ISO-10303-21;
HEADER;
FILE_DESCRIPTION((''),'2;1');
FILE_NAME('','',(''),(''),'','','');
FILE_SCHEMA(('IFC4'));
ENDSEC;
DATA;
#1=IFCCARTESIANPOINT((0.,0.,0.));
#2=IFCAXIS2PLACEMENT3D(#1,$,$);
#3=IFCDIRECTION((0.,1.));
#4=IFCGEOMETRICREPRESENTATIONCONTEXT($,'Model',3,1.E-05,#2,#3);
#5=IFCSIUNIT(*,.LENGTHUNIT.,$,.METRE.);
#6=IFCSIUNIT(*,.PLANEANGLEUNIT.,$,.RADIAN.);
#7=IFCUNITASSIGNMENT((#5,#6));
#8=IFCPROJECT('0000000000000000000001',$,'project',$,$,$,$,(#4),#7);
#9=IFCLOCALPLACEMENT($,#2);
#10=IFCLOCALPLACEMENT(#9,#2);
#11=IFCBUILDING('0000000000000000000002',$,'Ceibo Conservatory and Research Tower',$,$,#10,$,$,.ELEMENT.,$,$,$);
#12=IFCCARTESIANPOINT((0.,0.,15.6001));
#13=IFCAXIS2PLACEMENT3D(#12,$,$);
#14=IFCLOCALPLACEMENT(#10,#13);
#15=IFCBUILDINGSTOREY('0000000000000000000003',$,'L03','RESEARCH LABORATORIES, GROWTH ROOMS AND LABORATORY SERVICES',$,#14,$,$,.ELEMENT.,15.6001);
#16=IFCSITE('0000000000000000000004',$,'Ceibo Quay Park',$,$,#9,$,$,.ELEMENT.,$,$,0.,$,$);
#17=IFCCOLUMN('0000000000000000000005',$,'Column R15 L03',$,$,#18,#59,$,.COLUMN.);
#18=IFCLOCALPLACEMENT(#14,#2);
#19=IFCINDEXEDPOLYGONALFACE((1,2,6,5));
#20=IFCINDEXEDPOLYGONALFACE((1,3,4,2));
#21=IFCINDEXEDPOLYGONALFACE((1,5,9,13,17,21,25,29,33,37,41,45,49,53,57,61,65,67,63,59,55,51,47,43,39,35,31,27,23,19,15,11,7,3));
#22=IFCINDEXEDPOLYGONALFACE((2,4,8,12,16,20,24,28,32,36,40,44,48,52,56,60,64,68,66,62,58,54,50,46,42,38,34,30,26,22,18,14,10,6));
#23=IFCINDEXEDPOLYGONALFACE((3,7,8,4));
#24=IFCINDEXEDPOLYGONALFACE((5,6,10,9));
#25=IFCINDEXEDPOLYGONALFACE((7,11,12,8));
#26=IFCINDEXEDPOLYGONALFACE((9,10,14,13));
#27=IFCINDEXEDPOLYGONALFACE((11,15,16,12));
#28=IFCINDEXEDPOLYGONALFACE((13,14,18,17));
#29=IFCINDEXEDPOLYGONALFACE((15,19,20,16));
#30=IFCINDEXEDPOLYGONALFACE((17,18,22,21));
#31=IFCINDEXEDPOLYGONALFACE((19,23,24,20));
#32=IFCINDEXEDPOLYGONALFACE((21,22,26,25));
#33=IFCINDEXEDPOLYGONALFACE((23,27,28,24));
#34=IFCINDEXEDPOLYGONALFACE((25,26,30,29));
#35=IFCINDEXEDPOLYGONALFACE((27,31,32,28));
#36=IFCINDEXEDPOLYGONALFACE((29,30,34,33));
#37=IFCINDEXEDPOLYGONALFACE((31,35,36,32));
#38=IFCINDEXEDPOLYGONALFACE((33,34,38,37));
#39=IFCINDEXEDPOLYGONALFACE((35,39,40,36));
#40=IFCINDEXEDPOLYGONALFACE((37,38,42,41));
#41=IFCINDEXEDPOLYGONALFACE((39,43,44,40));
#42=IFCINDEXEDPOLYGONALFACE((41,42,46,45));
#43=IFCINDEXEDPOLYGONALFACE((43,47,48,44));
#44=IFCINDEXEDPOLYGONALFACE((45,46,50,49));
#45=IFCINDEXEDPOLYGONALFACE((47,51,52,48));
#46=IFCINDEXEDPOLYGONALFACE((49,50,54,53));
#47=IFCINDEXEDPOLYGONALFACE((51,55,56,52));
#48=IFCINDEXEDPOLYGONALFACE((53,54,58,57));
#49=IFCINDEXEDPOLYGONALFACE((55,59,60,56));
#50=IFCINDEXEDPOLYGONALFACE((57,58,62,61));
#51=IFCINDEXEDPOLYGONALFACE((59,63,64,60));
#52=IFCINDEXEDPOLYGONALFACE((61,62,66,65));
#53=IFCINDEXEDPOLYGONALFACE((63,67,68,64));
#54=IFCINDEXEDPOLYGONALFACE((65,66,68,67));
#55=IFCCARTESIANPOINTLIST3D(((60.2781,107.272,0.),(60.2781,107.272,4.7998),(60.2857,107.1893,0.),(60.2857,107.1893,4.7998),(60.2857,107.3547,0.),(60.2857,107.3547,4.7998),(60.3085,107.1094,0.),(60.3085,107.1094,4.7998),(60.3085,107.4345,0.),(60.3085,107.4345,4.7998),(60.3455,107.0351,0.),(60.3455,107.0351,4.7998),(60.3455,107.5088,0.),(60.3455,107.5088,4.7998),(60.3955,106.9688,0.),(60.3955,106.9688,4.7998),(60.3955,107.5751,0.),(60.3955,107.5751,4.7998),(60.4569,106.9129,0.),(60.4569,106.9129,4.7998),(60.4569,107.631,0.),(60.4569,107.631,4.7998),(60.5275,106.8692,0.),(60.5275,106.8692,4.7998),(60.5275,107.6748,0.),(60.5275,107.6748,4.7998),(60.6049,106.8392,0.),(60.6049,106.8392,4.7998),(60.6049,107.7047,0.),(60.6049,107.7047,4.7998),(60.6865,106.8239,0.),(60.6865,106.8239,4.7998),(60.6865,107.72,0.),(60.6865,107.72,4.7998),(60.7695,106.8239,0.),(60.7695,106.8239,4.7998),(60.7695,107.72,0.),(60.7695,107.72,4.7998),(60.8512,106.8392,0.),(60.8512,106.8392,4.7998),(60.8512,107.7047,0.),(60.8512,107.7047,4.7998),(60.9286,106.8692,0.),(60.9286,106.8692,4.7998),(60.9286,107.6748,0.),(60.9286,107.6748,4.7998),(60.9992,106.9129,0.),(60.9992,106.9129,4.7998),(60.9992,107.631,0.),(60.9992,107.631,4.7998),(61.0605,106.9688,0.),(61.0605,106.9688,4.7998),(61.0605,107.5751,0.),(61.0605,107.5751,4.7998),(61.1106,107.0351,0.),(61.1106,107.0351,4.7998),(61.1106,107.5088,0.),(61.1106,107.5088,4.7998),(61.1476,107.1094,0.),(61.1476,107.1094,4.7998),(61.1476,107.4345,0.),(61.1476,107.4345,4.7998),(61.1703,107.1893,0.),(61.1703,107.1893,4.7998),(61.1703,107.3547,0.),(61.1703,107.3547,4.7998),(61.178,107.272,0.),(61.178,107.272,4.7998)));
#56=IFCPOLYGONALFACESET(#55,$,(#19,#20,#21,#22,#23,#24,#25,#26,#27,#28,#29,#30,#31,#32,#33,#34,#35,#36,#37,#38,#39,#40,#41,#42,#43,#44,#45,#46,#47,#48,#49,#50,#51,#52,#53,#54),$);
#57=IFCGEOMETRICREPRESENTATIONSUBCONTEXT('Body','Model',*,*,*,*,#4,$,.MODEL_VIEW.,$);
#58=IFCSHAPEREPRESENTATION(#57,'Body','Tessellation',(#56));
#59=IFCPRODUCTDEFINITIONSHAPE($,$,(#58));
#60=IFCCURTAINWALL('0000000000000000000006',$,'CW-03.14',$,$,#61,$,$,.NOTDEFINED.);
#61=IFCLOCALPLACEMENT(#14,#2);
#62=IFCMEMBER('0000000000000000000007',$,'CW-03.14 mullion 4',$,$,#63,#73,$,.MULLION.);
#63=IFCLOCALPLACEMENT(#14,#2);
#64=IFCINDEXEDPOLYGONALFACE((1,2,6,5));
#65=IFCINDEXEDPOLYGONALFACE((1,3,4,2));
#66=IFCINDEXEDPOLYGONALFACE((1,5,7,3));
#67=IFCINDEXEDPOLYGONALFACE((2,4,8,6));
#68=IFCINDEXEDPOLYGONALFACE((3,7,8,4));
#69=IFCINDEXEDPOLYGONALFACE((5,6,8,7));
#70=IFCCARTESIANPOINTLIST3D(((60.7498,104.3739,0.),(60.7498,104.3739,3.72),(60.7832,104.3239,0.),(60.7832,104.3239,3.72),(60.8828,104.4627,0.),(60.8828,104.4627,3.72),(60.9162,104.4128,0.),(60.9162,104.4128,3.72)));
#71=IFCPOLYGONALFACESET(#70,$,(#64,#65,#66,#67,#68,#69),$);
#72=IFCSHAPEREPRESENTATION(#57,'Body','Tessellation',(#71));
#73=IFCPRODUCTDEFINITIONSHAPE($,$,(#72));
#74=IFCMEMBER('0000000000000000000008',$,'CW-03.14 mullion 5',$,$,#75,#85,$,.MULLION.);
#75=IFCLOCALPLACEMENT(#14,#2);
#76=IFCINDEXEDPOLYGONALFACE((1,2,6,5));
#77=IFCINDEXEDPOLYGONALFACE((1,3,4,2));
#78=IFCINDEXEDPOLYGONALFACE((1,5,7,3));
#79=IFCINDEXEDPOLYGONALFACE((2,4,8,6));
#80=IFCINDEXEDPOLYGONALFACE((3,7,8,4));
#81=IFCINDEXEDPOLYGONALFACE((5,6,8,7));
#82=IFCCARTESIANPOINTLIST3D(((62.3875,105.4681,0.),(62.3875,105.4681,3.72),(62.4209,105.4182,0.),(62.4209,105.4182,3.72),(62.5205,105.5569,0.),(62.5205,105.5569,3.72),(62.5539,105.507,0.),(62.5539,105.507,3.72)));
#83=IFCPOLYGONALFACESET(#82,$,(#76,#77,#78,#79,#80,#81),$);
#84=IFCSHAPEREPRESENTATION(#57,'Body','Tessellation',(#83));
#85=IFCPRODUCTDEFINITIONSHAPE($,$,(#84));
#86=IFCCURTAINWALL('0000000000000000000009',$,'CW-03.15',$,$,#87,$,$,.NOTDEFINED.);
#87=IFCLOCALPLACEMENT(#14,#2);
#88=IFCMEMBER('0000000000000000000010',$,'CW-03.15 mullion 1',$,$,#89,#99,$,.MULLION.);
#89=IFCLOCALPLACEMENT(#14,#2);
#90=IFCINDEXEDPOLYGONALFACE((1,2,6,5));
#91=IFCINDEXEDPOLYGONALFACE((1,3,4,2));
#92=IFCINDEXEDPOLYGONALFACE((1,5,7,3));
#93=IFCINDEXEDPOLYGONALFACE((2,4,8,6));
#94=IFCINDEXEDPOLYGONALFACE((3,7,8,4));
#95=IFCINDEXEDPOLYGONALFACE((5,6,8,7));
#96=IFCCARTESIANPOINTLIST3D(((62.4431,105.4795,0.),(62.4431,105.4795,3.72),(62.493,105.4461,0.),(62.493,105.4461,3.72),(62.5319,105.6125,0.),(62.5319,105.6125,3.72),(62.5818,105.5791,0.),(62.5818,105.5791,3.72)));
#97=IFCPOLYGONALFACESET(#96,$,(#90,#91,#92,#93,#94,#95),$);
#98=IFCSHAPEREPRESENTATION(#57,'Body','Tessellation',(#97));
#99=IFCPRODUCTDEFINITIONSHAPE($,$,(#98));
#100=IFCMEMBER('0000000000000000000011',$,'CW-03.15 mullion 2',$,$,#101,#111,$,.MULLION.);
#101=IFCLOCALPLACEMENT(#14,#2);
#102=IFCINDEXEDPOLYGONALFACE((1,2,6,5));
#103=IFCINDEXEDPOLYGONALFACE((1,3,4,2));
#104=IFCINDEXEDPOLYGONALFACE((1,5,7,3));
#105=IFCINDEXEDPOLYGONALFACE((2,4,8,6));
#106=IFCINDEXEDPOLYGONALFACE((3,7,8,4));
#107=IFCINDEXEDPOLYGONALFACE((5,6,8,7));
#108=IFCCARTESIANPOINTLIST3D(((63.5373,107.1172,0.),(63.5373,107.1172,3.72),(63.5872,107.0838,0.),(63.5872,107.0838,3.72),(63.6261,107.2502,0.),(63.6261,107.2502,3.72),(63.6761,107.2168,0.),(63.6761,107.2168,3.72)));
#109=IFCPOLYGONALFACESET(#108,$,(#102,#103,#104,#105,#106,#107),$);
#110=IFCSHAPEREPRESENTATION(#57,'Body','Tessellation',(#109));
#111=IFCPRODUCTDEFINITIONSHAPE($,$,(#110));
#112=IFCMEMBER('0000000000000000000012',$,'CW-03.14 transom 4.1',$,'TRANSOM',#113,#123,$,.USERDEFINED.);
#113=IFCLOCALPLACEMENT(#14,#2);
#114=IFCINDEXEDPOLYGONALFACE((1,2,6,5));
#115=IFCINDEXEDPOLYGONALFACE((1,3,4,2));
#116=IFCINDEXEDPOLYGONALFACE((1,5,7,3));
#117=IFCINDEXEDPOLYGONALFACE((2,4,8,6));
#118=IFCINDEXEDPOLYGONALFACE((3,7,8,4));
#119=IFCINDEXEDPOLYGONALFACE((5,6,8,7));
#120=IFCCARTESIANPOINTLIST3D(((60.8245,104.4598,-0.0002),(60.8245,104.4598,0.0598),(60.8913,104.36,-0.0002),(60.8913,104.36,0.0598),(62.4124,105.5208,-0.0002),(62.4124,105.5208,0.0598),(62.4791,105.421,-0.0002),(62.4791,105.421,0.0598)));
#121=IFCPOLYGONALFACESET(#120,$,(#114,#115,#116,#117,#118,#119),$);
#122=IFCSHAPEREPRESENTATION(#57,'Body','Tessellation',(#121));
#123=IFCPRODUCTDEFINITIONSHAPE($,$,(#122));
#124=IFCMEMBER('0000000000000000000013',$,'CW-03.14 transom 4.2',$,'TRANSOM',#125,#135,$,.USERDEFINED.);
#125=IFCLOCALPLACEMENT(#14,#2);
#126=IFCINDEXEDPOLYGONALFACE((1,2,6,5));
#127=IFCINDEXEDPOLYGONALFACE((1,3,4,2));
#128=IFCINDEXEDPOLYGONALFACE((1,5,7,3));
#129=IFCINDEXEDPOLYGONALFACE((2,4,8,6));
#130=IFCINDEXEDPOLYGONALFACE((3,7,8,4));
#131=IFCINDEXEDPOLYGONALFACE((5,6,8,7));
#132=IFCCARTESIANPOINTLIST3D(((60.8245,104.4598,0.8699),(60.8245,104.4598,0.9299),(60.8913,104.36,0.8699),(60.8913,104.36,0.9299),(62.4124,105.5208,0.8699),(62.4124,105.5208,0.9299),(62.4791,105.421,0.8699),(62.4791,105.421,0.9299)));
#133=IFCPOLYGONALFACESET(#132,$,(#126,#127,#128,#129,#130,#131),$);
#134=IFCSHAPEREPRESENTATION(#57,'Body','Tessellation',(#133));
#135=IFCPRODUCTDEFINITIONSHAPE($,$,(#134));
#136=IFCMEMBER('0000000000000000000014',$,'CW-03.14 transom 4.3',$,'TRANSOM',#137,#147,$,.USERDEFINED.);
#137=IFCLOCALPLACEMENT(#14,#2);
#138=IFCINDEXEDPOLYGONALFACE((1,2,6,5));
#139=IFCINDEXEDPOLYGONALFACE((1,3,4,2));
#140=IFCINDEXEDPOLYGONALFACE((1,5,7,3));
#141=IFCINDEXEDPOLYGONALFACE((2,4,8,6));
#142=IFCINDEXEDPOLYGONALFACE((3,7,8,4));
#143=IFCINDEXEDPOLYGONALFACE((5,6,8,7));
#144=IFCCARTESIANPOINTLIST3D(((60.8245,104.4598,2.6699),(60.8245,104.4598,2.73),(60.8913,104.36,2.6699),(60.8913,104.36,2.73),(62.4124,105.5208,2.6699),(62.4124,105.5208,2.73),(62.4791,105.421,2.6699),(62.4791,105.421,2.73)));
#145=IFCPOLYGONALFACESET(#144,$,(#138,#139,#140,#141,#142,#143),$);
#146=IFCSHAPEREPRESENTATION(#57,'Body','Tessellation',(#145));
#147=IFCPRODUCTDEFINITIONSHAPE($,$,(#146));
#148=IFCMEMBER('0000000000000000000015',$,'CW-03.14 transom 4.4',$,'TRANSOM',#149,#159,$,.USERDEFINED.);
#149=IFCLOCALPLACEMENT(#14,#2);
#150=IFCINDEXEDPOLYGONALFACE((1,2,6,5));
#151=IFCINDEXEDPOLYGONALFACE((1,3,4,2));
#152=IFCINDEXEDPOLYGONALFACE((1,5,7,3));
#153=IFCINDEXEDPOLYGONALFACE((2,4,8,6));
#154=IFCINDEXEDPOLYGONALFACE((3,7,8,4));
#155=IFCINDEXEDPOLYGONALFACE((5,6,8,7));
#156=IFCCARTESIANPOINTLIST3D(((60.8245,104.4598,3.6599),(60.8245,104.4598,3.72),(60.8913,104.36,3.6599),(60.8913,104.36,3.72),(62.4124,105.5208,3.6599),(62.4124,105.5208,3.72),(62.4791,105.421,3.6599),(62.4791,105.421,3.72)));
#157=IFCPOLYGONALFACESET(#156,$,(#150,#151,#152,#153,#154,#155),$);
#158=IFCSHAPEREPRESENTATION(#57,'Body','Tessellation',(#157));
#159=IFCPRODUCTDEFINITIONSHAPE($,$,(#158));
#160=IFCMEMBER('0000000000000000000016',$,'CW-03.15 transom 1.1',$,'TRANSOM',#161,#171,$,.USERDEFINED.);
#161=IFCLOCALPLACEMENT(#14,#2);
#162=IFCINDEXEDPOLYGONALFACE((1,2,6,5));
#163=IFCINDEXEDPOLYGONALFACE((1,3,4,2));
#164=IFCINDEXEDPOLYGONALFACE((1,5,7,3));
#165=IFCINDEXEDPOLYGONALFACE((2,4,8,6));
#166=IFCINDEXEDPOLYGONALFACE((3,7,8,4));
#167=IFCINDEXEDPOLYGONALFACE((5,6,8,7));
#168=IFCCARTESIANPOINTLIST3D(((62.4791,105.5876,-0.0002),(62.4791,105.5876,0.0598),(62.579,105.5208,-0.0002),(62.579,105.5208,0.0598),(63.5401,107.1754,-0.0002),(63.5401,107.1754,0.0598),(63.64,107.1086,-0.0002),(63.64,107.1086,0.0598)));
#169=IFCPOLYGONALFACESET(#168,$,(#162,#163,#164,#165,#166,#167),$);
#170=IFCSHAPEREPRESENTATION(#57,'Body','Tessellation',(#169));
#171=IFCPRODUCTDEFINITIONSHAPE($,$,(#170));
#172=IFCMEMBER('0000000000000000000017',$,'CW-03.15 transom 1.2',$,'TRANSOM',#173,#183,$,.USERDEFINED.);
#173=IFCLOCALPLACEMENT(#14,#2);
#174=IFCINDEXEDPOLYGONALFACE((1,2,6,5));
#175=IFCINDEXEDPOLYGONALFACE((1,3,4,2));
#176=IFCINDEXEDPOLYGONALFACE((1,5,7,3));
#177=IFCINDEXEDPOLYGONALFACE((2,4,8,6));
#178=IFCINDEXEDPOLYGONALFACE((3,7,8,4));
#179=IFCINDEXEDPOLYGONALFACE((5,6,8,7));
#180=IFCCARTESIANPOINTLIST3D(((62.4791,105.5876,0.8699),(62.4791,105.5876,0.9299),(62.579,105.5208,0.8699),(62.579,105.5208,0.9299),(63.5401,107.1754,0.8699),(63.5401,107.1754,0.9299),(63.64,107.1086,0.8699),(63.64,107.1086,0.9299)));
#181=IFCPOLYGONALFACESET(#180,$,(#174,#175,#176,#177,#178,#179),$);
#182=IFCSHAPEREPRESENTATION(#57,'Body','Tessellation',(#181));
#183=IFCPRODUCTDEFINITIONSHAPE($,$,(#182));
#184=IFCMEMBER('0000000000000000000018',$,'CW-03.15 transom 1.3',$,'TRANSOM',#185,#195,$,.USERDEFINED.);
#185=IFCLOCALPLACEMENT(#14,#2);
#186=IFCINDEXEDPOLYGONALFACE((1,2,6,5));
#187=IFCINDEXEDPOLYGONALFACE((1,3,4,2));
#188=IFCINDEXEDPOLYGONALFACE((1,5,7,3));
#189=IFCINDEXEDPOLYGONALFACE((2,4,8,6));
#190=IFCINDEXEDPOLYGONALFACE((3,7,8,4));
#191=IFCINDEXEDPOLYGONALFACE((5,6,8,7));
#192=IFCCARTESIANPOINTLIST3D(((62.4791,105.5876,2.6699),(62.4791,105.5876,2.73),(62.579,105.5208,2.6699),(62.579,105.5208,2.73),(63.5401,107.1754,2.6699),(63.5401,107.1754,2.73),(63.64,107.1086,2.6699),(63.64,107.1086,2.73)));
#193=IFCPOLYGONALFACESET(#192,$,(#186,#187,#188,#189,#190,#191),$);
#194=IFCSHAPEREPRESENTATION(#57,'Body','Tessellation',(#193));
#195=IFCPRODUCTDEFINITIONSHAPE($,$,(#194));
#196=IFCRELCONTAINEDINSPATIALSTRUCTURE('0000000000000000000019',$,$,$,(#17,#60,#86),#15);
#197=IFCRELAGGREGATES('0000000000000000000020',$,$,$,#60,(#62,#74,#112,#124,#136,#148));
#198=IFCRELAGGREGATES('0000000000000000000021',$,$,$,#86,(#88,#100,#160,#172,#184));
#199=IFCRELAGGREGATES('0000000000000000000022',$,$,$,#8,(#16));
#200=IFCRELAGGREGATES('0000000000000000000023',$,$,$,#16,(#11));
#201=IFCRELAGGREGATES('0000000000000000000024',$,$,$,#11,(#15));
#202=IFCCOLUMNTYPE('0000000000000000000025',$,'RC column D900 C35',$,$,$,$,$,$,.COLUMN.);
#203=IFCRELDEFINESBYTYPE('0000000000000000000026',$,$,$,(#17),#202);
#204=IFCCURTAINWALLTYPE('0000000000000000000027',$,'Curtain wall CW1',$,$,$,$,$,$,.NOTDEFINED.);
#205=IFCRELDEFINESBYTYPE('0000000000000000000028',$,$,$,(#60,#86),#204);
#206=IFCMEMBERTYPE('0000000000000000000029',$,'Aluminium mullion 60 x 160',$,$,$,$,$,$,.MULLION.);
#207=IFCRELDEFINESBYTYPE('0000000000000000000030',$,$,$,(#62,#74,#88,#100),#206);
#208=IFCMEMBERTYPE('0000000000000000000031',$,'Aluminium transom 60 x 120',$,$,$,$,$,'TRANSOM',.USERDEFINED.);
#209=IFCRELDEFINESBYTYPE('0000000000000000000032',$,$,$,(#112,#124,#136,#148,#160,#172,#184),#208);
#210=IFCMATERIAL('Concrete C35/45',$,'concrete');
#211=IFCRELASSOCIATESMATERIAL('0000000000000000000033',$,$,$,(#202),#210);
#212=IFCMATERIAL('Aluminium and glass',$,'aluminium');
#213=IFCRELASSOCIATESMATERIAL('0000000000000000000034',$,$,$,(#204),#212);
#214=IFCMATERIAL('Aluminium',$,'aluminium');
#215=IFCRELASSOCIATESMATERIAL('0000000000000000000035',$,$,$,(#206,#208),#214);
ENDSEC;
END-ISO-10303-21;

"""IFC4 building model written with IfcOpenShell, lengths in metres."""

from ifc_helpers import new_model, si_unit, direction, frame, origin, origin_2d, place, context, subcontext, project, spatial, rectangle, circle, extrude, material, material_profile, profile_set, type_object, element, aggregate, save


model = new_model("IFC4")

# Units and contexts
model_context = context("Model", 3, precision=1e-05, world=origin(), true_north=direction((0.0, 1.0)))
body_context = subcontext(model_context, "Body", "Model", "MODEL_VIEW")
ifc_project = project(units=[si_unit("LENGTHUNIT", "METRE"), si_unit("PLANEANGLEUNIT", "RADIAN")], contexts=[model_context])

# Site, building, storey
site_placement = place(None, origin())
site = spatial("IfcSite", under=ifc_project, at=site_placement, Name="Ceibo Quay Park", CompositionType="ELEMENT", RefElevation=0.0)
building_placement = place(site_placement, origin())
building = spatial("IfcBuilding", under=site, at=building_placement, Name="Ceibo Conservatory and Research Tower", CompositionType="ELEMENT")
storey_placement = place(building_placement, frame((0.0, 0.0, 15.6001)))
storey = spatial("IfcBuildingStorey", under=building, at=storey_placement, Name="L03", Description="RESEARCH LABORATORIES, GROWTH ROOMS AND LABORATORY SERVICES", CompositionType="ELEMENT", Elevation=15.6001)

# Column
ifc_material_1 = material(Name="Concrete C35/45", Category="concrete")
ifc_material_profile_1 = material_profile(ifc_material_1, circle(Radius=0.45, at=origin_2d()), Name="RC D900")
ifc_profile_set_1 = profile_set([ifc_material_profile_1], Name="Concrete C35/45")
column_type = type_object("IfcColumnType", Name="RC column D900 C35", PredefinedType="COLUMN", material=ifc_profile_set_1)
column_placement = place(storey_placement, frame((60.728, 107.272, 0.0), z_axis=(0.0, 0.0, 1.0), x_axis=(1.0, 0.0, 0.0)))
element("IfcColumn", 1, at=column_placement, inside=storey, type_object=column_type, Name="Column R15 L03", PredefinedType="COLUMN", context=body_context, shape_type="SweptSolid", body=[
    extrude(circle(Radius=0.45, at=origin_2d()), origin(), (0.0, 0.0, 1.0), 4.7998),
])

# Curtain walls, members
ifc_material_2 = material(Name="Aluminium and glass", Category="aluminium")
curtain_wall_type = type_object("IfcCurtainWallType", Name="Curtain wall CW1", PredefinedType="NOTDEFINED", material=ifc_material_2)
curtain_wall_1_placement = place(storey_placement, origin())
curtain_wall_1 = element("IfcCurtainWall", 2, at=curtain_wall_1_placement, inside=storey, type_object=curtain_wall_type, Name="CW-03.14", PredefinedType="NOTDEFINED")
ifc_material_3 = material(Name="Aluminium", Category="aluminium")
ifc_material_profile_2 = material_profile(ifc_material_3, rectangle(XDim=0.0601, YDim=0.1599, at=origin_2d()), Name="Aluminium 60 x 160")
ifc_profile_set_2 = profile_set([ifc_material_profile_2], Name="Aluminium")
member_type_1 = type_object("IfcMemberType", Name="Aluminium mullion 60 x 160", PredefinedType="MULLION", material=ifc_profile_set_2)
member_1_placement = place(storey_placement, frame((60.833, 104.3933, 0.0), z_axis=(0.0, 0.0, 1.0), x_axis=(-0.55557, 0.83147, 0.0)))
member_1 = element("IfcMember", 3, at=member_1_placement, type_object=member_type_1, Name="CW-03.14 mullion 4", PredefinedType="MULLION", context=body_context, shape_type="SweptSolid", body=[
    extrude(rectangle(XDim=0.0601, YDim=0.1599, at=origin_2d()), origin(), (0.0, 0.0, 1.0), 3.72),
])
member_2_placement = place(storey_placement, frame((62.4707, 105.4875, 0.0), z_axis=(0.0, 0.0, 1.0), x_axis=(-0.55557, 0.83147, 0.0)))
member_2 = element("IfcMember", 4, at=member_2_placement, type_object=member_type_1, Name="CW-03.14 mullion 5", PredefinedType="MULLION", context=body_context, shape_type="SweptSolid", body=[
    extrude(rectangle(XDim=0.0601, YDim=0.1599, at=origin_2d()), origin(), (0.0, 0.0, 1.0), 3.72),
])
curtain_wall_2_placement = place(storey_placement, origin())
curtain_wall_2 = element("IfcCurtainWall", 5, at=curtain_wall_2_placement, inside=storey, type_object=curtain_wall_type, Name="CW-03.15", PredefinedType="NOTDEFINED")
member_3_placement = place(storey_placement, frame((62.5125, 105.5293, 0.0), z_axis=(0.0, 0.0, 1.0), x_axis=(-0.83147, 0.55557, 0.0)))
member_3 = element("IfcMember", 6, at=member_3_placement, type_object=member_type_1, Name="CW-03.15 mullion 1", PredefinedType="MULLION", context=body_context, shape_type="SweptSolid", body=[
    extrude(rectangle(XDim=0.0601, YDim=0.1599, at=origin_2d()), origin(), (0.0, 0.0, 1.0), 3.72),
])
member_4_placement = place(storey_placement, frame((63.6067, 107.167, 0.0), z_axis=(0.0, 0.0, 1.0), x_axis=(-0.83147, 0.55557, 0.0)))
member_4 = element("IfcMember", 7, at=member_4_placement, type_object=member_type_1, Name="CW-03.15 mullion 2", PredefinedType="MULLION", context=body_context, shape_type="SweptSolid", body=[
    extrude(rectangle(XDim=0.0601, YDim=0.1599, at=origin_2d()), origin(), (0.0, 0.0, 1.0), 3.72),
])

# Members
ifc_material_profile_3 = material_profile(ifc_material_3, rectangle(XDim=0.1201, YDim=0.0601, at=origin_2d()), Name="Aluminium 60 x 120")
ifc_profile_set_3 = profile_set([ifc_material_profile_3], Name="Aluminium")
member_type_2 = type_object("IfcMemberType", Name="Aluminium transom 60 x 120", ElementType="TRANSOM", PredefinedType="USERDEFINED", material=ifc_profile_set_3)
member_5_placement = place(storey_placement, frame((60.8579, 104.4099, 0.0298), z_axis=(0.83146, 0.555585, 0.0), x_axis=(-0.555585, 0.83146, 0.0)))
member_5 = element("IfcMember", 8, at=member_5_placement, type_object=member_type_2, Name="CW-03.14 transom 4.1", ObjectType="TRANSOM", PredefinedType="USERDEFINED", context=body_context, shape_type="SweptSolid", body=[
    extrude(rectangle(XDim=0.1201, YDim=0.0601, at=origin_2d()), origin(), (0.0, 0.0, 1.0), 1.9097),
])
member_6_placement = place(storey_placement, frame((60.8579, 104.4099, 0.8999), z_axis=(0.83146, 0.555585, 0.0), x_axis=(-0.555585, 0.83146, 0.0)))
member_6 = element("IfcMember", 9, at=member_6_placement, type_object=member_type_2, Name="CW-03.14 transom 4.2", ObjectType="TRANSOM", PredefinedType="USERDEFINED", context=body_context, shape_type="SweptSolid", body=[
    extrude(rectangle(XDim=0.1201, YDim=0.0601, at=origin_2d()), origin(), (0.0, 0.0, 1.0), 1.9097),
])
member_7_placement = place(storey_placement, frame((60.8579, 104.4099, 2.7), z_axis=(0.83146, 0.555585, 0.0), x_axis=(-0.555585, 0.83146, 0.0)))
member_7 = element("IfcMember", 10, at=member_7_placement, type_object=member_type_2, Name="CW-03.14 transom 4.3", ObjectType="TRANSOM", PredefinedType="USERDEFINED", context=body_context, shape_type="SweptSolid", body=[
    extrude(rectangle(XDim=0.1201, YDim=0.0601, at=origin_2d()), origin(), (0.0, 0.0, 1.0), 1.9097),
])
member_8_placement = place(storey_placement, frame((60.8579, 104.4099, 3.6899), z_axis=(0.83146, 0.555585, 0.0), x_axis=(-0.555585, 0.83146, 0.0)))
member_8 = element("IfcMember", 11, at=member_8_placement, type_object=member_type_2, Name="CW-03.14 transom 4.4", ObjectType="TRANSOM", PredefinedType="USERDEFINED", context=body_context, shape_type="SweptSolid", body=[
    extrude(rectangle(XDim=0.1201, YDim=0.0601, at=origin_2d()), origin(), (0.0, 0.0, 1.0), 1.9097),
])
member_9_placement = place(storey_placement, frame((62.5291, 105.5542, 0.0298), z_axis=(0.555585, 0.83146, 0.0), x_axis=(-0.83146, 0.555585, 0.0)))
member_9 = element("IfcMember", 12, at=member_9_placement, type_object=member_type_2, Name="CW-03.15 transom 1.1", ObjectType="TRANSOM", PredefinedType="USERDEFINED", context=body_context, shape_type="SweptSolid", body=[
    extrude(rectangle(XDim=0.1201, YDim=0.0601, at=origin_2d()), origin(), (0.0, 0.0, 1.0), 1.9097),
])
member_10_placement = place(storey_placement, frame((62.5291, 105.5542, 0.8999), z_axis=(0.555585, 0.83146, 0.0), x_axis=(-0.83146, 0.555585, 0.0)))
member_10 = element("IfcMember", 13, at=member_10_placement, type_object=member_type_2, Name="CW-03.15 transom 1.2", ObjectType="TRANSOM", PredefinedType="USERDEFINED", context=body_context, shape_type="SweptSolid", body=[
    extrude(rectangle(XDim=0.1201, YDim=0.0601, at=origin_2d()), origin(), (0.0, 0.0, 1.0), 1.9097),
])
member_11_placement = place(storey_placement, frame((62.5291, 105.5542, 2.7), z_axis=(0.555585, 0.83146, 0.0), x_axis=(-0.83146, 0.555585, 0.0)))
member_11 = element("IfcMember", 14, at=member_11_placement, type_object=member_type_2, Name="CW-03.15 transom 1.3", ObjectType="TRANSOM", PredefinedType="USERDEFINED", context=body_context, shape_type="SweptSolid", body=[
    extrude(rectangle(XDim=0.1201, YDim=0.0601, at=origin_2d()), origin(), (0.0, 0.0, 1.0), 1.9097),
])

aggregate(curtain_wall_1, [member_1, member_2, member_5, member_6, member_7, member_8])
aggregate(curtain_wall_2, [member_3, member_4, member_9, member_10, member_11])

save(model, "model.ifc")
